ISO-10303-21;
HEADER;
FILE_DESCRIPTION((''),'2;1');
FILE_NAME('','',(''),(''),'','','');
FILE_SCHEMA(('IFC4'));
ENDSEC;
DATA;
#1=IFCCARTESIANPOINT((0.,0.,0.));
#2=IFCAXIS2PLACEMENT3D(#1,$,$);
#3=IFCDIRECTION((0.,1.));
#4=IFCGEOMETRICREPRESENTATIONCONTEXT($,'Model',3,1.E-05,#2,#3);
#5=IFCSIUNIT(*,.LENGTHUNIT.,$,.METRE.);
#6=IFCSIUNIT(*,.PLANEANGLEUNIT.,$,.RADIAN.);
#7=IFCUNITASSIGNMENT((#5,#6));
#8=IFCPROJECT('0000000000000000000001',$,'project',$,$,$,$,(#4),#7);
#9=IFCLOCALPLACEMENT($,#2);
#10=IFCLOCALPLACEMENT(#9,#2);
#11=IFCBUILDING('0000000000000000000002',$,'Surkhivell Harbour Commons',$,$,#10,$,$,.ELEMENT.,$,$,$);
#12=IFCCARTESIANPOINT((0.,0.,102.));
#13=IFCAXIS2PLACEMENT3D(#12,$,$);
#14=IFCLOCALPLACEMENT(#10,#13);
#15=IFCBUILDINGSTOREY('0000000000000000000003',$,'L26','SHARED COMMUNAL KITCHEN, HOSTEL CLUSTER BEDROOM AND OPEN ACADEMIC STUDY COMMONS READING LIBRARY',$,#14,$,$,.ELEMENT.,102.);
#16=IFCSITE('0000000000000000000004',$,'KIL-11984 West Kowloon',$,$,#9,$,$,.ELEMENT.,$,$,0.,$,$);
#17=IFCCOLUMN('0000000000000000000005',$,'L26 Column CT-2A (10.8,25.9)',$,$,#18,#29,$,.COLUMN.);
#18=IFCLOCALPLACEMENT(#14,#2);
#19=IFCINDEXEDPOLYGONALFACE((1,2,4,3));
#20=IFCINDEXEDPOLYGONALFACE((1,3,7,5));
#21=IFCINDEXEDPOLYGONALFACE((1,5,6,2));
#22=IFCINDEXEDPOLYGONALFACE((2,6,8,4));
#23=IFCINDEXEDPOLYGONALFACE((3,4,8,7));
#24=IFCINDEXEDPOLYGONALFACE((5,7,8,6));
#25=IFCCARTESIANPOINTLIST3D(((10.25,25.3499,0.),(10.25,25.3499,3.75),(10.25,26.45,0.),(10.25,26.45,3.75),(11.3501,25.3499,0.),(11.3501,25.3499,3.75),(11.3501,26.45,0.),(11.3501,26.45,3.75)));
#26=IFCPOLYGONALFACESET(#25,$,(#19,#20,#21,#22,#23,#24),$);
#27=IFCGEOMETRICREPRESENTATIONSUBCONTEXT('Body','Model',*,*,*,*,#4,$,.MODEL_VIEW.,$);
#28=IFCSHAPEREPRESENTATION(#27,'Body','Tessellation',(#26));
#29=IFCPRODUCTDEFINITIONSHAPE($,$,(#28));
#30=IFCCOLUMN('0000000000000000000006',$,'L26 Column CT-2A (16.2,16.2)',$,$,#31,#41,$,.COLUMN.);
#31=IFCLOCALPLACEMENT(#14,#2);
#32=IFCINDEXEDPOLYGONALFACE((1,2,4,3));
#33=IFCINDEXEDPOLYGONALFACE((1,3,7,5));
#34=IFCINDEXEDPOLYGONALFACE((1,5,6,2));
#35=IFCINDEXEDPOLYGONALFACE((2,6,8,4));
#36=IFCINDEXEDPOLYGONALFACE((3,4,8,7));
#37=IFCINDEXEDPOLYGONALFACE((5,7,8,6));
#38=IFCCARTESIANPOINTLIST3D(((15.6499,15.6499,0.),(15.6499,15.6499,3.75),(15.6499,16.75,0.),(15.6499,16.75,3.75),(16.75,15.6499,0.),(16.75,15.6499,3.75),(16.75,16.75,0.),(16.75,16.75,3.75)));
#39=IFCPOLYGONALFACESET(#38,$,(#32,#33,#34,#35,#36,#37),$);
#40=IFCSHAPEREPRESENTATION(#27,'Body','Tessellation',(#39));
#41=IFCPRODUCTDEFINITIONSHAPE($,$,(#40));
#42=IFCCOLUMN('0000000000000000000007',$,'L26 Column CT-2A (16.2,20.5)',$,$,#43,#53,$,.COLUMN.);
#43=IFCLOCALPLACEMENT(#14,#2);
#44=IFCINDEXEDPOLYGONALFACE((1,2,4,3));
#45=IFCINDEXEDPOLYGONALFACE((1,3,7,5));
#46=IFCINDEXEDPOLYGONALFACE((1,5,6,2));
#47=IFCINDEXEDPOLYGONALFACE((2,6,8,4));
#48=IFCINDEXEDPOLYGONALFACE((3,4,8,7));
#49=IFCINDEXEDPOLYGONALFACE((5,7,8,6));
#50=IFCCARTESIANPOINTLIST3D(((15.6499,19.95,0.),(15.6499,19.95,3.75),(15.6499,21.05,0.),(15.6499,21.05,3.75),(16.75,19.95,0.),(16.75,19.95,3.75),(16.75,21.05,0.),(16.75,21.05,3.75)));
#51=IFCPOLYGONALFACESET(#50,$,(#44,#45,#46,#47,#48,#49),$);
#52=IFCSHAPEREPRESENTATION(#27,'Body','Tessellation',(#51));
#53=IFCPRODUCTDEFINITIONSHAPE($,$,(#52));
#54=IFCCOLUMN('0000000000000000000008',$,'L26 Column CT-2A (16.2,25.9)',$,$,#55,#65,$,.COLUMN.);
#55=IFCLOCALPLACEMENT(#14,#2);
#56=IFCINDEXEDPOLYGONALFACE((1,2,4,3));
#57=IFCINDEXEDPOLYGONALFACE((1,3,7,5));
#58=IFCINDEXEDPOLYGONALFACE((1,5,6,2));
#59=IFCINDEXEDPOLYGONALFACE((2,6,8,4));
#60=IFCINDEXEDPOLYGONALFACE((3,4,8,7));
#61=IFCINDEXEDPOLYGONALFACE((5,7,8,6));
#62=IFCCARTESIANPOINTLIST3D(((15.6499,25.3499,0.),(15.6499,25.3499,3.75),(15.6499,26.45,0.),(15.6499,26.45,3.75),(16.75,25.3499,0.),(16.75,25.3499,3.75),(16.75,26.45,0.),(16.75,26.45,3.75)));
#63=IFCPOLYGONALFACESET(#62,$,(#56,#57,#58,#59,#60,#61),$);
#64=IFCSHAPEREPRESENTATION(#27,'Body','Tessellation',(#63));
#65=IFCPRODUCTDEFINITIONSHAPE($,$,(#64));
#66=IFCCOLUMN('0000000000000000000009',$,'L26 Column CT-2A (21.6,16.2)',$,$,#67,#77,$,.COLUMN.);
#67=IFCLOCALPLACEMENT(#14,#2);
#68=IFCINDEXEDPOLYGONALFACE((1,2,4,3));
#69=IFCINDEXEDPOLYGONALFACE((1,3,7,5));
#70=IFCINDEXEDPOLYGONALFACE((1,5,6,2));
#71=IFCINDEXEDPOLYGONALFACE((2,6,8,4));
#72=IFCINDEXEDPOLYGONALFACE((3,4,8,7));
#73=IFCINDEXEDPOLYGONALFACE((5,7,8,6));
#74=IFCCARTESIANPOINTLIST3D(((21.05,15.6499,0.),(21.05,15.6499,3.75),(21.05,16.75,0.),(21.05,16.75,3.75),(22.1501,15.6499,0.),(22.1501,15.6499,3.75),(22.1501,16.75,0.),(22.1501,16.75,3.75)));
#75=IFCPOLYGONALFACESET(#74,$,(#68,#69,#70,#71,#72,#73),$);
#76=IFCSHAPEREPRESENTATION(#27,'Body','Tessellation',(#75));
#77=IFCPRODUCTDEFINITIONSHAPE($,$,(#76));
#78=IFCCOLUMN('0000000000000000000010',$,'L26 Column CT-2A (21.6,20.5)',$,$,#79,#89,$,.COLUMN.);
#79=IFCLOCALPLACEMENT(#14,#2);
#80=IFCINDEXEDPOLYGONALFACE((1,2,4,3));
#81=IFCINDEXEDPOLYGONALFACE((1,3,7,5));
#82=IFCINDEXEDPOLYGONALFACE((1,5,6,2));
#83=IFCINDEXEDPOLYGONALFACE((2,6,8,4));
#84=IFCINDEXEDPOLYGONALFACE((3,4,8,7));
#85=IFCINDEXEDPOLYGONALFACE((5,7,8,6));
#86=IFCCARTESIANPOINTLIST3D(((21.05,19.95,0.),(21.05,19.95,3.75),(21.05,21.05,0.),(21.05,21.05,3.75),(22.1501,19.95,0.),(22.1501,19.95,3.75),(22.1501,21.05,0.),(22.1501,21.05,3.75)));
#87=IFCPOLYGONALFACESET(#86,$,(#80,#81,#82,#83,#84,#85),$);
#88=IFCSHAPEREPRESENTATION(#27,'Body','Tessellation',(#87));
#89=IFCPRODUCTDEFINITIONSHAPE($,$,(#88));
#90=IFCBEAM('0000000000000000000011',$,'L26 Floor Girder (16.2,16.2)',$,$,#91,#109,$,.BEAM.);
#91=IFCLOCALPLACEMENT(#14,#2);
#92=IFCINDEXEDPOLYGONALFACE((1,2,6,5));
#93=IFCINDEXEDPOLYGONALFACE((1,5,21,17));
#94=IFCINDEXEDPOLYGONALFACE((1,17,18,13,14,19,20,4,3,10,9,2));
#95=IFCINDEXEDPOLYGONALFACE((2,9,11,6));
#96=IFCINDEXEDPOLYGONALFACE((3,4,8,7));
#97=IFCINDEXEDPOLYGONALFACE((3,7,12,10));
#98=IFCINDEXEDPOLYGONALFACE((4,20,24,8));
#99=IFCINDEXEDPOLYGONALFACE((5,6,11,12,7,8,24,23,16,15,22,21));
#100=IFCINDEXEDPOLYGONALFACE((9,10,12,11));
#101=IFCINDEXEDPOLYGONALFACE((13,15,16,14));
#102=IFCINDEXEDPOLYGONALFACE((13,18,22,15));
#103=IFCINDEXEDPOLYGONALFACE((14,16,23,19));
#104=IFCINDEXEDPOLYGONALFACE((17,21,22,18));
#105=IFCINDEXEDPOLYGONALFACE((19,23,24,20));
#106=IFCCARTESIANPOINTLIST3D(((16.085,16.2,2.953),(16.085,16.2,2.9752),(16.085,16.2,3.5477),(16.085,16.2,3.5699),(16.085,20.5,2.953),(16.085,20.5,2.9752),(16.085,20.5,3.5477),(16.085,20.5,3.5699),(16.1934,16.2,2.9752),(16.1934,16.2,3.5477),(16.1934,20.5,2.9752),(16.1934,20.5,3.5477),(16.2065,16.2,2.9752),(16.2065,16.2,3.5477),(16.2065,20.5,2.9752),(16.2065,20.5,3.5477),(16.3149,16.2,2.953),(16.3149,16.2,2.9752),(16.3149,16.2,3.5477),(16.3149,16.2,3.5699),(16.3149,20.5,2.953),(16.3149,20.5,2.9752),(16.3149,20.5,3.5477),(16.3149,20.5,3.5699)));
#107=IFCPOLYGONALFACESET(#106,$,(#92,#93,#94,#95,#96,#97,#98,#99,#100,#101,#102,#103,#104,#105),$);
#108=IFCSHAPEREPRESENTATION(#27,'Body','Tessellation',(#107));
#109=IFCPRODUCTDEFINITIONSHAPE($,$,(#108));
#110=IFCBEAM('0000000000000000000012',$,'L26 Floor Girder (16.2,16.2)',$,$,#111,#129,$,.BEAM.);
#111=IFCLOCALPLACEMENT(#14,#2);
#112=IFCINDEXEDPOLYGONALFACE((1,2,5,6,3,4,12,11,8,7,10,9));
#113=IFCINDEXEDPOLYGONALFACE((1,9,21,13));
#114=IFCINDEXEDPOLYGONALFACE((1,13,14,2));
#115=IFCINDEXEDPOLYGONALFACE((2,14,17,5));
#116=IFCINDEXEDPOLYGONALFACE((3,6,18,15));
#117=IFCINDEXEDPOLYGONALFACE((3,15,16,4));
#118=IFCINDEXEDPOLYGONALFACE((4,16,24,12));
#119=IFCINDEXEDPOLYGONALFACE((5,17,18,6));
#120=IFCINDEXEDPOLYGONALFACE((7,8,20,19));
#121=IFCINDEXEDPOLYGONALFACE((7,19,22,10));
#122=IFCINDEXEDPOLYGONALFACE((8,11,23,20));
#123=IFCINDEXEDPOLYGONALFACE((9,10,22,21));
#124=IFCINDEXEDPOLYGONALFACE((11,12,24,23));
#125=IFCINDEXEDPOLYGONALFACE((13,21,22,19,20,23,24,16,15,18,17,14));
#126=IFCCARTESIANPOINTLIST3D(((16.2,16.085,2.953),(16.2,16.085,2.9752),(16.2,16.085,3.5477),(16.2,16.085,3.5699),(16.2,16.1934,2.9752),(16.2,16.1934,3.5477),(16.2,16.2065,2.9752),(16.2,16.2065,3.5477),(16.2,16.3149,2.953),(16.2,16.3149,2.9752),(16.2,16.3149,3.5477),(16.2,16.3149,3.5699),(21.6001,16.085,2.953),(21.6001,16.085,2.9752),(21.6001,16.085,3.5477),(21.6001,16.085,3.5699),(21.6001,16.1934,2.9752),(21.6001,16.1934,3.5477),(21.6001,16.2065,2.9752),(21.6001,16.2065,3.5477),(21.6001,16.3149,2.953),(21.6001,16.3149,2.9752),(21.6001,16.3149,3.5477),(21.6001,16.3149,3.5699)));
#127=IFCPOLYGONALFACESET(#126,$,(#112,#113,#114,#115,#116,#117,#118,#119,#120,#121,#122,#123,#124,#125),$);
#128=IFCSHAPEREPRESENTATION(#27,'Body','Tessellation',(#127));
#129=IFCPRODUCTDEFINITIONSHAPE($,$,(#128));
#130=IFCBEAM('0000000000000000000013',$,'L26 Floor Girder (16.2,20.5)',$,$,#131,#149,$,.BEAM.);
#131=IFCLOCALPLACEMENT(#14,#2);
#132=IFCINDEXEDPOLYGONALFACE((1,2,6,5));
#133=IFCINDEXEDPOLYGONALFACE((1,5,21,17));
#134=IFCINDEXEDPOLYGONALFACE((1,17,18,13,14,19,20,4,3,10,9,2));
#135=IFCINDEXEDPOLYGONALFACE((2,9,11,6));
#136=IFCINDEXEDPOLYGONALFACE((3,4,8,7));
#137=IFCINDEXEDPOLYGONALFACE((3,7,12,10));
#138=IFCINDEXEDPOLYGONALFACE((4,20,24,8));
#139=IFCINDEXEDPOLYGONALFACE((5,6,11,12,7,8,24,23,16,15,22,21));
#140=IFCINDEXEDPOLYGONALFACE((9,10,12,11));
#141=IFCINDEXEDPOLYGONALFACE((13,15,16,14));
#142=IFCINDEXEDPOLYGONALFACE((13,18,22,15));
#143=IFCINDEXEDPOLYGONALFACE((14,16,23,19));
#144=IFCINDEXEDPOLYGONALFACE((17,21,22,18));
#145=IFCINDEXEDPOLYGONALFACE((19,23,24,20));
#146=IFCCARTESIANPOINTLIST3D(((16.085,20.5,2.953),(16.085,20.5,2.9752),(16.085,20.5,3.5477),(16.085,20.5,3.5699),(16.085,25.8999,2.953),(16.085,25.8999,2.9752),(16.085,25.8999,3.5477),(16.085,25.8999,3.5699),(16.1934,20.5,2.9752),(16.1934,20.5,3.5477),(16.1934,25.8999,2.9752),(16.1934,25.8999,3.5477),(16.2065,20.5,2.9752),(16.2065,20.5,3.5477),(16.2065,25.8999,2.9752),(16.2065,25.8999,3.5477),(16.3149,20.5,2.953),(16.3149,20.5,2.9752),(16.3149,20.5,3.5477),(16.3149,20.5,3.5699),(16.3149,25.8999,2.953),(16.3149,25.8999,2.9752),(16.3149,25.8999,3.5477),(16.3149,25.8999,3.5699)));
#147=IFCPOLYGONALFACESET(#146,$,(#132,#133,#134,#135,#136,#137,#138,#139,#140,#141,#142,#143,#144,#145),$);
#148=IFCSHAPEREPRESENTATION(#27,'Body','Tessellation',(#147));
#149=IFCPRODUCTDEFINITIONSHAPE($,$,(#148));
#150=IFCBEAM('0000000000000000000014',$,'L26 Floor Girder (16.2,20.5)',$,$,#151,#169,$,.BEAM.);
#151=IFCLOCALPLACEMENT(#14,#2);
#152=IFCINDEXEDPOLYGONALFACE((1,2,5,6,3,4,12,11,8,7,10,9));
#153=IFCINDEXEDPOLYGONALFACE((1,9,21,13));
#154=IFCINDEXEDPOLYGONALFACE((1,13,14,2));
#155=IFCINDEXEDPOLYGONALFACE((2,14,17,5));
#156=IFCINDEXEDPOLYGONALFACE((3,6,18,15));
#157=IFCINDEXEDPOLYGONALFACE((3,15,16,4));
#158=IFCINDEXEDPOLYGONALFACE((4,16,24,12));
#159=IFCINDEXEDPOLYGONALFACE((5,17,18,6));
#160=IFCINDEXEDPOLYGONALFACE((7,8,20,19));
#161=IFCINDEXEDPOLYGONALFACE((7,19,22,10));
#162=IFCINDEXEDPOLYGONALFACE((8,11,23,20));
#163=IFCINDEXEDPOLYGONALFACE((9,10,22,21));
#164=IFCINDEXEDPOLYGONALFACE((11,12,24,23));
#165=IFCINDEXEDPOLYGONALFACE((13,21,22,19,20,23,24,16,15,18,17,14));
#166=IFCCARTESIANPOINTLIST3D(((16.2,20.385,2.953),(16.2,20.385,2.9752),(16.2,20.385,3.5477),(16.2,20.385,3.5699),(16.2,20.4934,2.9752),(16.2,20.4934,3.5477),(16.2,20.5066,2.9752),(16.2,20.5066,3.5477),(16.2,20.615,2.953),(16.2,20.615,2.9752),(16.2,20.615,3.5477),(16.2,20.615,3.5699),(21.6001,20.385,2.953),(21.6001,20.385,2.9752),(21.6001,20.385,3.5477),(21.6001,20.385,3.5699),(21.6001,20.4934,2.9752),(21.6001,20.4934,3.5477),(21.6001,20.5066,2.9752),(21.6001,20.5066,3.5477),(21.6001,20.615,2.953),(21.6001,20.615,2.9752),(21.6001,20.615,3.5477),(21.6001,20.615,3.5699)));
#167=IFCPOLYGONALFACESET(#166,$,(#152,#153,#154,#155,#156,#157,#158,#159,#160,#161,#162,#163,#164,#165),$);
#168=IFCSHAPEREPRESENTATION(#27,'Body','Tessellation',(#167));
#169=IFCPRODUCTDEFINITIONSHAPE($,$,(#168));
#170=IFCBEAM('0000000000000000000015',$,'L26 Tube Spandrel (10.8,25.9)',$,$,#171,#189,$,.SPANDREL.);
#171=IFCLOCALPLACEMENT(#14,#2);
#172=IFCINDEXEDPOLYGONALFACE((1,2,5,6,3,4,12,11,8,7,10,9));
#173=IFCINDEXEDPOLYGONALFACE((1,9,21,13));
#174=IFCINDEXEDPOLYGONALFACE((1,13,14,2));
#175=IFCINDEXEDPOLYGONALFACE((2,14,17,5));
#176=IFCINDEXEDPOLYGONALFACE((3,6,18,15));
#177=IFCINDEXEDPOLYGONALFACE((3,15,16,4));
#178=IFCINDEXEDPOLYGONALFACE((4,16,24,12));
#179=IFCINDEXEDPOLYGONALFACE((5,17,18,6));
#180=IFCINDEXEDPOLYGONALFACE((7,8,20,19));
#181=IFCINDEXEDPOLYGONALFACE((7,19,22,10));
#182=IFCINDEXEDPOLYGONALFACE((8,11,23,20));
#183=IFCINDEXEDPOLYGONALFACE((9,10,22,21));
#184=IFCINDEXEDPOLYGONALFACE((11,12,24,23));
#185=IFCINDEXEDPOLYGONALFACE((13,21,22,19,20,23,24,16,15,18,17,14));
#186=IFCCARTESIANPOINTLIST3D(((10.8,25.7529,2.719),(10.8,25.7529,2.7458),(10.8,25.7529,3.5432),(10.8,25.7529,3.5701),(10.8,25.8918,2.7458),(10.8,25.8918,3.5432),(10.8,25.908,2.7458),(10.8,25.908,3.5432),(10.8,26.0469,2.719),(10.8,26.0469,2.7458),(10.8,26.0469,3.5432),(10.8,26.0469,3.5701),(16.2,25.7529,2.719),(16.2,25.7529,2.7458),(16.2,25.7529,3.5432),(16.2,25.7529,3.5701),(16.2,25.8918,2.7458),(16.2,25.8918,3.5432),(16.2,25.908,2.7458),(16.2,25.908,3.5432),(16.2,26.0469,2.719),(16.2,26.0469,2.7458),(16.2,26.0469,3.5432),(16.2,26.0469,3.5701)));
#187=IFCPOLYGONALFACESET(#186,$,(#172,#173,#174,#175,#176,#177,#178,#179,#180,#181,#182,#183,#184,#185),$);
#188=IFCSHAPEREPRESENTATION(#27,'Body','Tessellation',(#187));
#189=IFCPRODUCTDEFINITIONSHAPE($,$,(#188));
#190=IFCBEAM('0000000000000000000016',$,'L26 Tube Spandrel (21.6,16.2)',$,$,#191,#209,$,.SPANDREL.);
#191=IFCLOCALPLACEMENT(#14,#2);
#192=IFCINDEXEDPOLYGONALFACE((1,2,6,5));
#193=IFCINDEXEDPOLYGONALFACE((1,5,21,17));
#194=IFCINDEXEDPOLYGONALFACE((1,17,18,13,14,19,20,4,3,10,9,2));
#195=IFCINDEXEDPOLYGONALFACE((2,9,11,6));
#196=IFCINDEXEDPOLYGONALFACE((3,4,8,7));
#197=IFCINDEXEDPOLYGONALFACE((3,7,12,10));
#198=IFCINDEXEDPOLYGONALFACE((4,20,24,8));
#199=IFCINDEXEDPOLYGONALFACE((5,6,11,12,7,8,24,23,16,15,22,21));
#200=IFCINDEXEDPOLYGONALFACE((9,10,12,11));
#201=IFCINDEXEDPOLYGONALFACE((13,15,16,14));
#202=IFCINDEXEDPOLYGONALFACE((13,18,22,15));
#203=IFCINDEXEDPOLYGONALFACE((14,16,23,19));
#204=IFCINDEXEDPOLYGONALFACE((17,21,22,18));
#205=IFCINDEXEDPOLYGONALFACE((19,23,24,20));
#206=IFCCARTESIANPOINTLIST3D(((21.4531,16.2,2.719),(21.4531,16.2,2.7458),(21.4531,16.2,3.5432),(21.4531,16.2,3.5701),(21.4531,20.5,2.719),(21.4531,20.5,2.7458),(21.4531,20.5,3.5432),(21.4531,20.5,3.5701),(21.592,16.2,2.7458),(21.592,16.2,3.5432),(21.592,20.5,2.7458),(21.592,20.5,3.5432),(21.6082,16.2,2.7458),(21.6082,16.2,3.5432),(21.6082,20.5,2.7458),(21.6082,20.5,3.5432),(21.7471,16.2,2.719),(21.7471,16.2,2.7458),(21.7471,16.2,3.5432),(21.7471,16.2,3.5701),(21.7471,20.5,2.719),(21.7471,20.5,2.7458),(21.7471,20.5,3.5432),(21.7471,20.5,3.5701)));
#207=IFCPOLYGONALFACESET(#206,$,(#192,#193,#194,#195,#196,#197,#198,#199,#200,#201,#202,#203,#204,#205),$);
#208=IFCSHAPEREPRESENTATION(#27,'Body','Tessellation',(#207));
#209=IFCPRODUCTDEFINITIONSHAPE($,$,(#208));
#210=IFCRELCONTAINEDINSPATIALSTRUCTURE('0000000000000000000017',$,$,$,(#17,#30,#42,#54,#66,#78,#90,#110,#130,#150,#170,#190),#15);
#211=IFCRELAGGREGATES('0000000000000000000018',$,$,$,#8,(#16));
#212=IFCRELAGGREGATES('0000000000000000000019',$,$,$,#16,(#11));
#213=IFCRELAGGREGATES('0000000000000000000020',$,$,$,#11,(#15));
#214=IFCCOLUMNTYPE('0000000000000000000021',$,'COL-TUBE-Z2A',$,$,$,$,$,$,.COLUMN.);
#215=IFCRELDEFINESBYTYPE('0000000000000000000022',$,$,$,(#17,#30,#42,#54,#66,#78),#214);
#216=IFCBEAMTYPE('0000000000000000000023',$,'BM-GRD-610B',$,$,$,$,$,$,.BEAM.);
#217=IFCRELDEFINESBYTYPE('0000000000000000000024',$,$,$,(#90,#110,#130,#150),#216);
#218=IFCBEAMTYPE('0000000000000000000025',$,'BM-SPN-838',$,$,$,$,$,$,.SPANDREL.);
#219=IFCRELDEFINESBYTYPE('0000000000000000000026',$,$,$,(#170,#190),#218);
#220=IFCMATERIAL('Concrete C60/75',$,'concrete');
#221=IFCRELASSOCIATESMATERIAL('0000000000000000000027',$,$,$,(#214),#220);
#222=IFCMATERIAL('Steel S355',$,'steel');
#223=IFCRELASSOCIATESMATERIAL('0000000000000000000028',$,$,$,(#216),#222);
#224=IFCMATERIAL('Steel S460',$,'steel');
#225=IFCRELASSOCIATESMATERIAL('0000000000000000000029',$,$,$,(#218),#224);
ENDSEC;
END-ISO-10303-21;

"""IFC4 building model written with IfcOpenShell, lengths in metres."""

from ifc_helpers import new_model, si_unit, direction, frame, origin, origin_2d, place, context, subcontext, project, spatial, rectangle, i_section, extrude, material, material_profile, profile_set, type_object, element, save


model = new_model("IFC4")

# Units and contexts
model_context = context("Model", 3, precision=1e-05, world=origin(), true_north=direction((0.0, 1.0)))
body_context = subcontext(model_context, "Body", "Model", "MODEL_VIEW")
ifc_project = project(units=[si_unit("LENGTHUNIT", "METRE"), si_unit("PLANEANGLEUNIT", "RADIAN")], contexts=[model_context])

# Site, building, storey
site_placement = place(None, origin())
site = spatial("IfcSite", under=ifc_project, at=site_placement, Name="KIL-11984 West Kowloon", CompositionType="ELEMENT", RefElevation=0.0)
building_placement = place(site_placement, origin())
building = spatial("IfcBuilding", under=site, at=building_placement, Name="Surkhivell Harbour Commons", CompositionType="ELEMENT")
storey_placement = place(building_placement, frame((0.0, 0.0, 102.0)))
storey = spatial("IfcBuildingStorey", under=building, at=storey_placement, Name="L26", Description="SHARED COMMUNAL KITCHEN, HOSTEL CLUSTER BEDROOM AND OPEN ACADEMIC STUDY COMMONS READING LIBRARY", CompositionType="ELEMENT", Elevation=102.0)

# Columns
ifc_material_1 = material(Name="Concrete C60/75", Category="concrete")
ifc_material_profile_1 = material_profile(ifc_material_1, rectangle(XDim=1.1001, YDim=1.1001, at=origin_2d()), Name="RC-COL-1100x1100")
ifc_profile_set_1 = profile_set([ifc_material_profile_1], Name="Concrete C60/75")
column_type = type_object("IfcColumnType", Name="COL-TUBE-Z2A", PredefinedType="COLUMN", material=ifc_profile_set_1)
for number, where, z_axis, x_axis, name in (
    (1, (10.8, 25.8999, 0.0), (0.0, 0.0, 1.0), (1.0, 0.0, 0.0), "L26 Column CT-2A (10.8,25.9)"),
    (2, (16.2, 16.2, 0.0), (0.0, 0.0, 1.0), (1.0, 0.0, 0.0), "L26 Column CT-2A (16.2,16.2)"),
    (3, (16.2, 20.5, 0.0), (0.0, 0.0, 1.0), (1.0, 0.0, 0.0), "L26 Column CT-2A (16.2,20.5)"),
    (4, (16.2, 25.8999, 0.0), (0.0, 0.0, 1.0), (1.0, 0.0, 0.0), "L26 Column CT-2A (16.2,25.9)"),
    (5, (21.6001, 16.2, 0.0), (0.0, 0.0, 1.0), (1.0, 0.0, 0.0), "L26 Column CT-2A (21.6,16.2)"),
    (6, (21.6001, 20.5, 0.0), (0.0, 0.0, 1.0), (1.0, 0.0, 0.0), "L26 Column CT-2A (21.6,20.5)"),
):
    element("IfcColumn", number, at=place(storey_placement, frame(where, z_axis=z_axis, x_axis=x_axis)), inside=storey, type_object=column_type, Name=name, PredefinedType="COLUMN", context=body_context, shape_type="SweptSolid", body=[
        extrude(rectangle(XDim=1.1001, YDim=1.1001, at=origin_2d()), origin(), (0.0, 0.0, 1.0), 3.75),
    ])

# Beams
ifc_material_2 = material(Name="Steel S355", Category="steel")
ifc_material_profile_2 = material_profile(ifc_material_2, i_section(OverallWidth=0.23, OverallDepth=0.6169, WebThickness=0.0132, FlangeThickness=0.0222, at=origin_2d()), Name="UB610x229x140")
ifc_profile_set_2 = profile_set([ifc_material_profile_2], Name="Steel S355")
beam_type_1 = type_object("IfcBeamType", Name="BM-GRD-610B", PredefinedType="BEAM", material=ifc_profile_set_2)
beam_1_placement = place(storey_placement, frame((16.2, 16.2, 3.2615), z_axis=(0.0, 1.0, 0.0), x_axis=(-1.0, 0.0, 0.0)))
element("IfcBeam", 7, at=beam_1_placement, inside=storey, type_object=beam_type_1, Name="L26 Floor Girder (16.2,16.2)", PredefinedType="BEAM", context=body_context, shape_type="SweptSolid", body=[
    extrude(i_section(OverallWidth=0.23, OverallDepth=0.6169, WebThickness=0.0132, FlangeThickness=0.0222, at=origin_2d()), origin(), (0.0, 0.0, 1.0), 4.3),
])
beam_2_placement = place(storey_placement, frame((16.2, 16.2, 3.2615), z_axis=(1.0, 0.0, 0.0), x_axis=(0.0, 1.0, 0.0)))
element("IfcBeam", 8, at=beam_2_placement, inside=storey, type_object=beam_type_1, Name="L26 Floor Girder (16.2,16.2)", PredefinedType="BEAM", context=body_context, shape_type="SweptSolid", body=[
    extrude(i_section(OverallWidth=0.23, OverallDepth=0.6169, WebThickness=0.0132, FlangeThickness=0.0222, at=origin_2d()), origin(), (0.0, 0.0, 1.0), 5.4001),
])
beam_3_placement = place(storey_placement, frame((16.2, 20.5, 3.2615), z_axis=(0.0, 1.0, 0.0), x_axis=(-1.0, 0.0, 0.0)))
element("IfcBeam", 9, at=beam_3_placement, inside=storey, type_object=beam_type_1, Name="L26 Floor Girder (16.2,20.5)", PredefinedType="BEAM", context=body_context, shape_type="SweptSolid", body=[
    extrude(i_section(OverallWidth=0.23, OverallDepth=0.6169, WebThickness=0.0132, FlangeThickness=0.0222, at=origin_2d()), origin(), (0.0, 0.0, 1.0), 5.3999),
])
beam_4_placement = place(storey_placement, frame((16.2, 20.5, 3.2615), z_axis=(1.0, 0.0, 0.0), x_axis=(0.0, 1.0, 0.0)))
element("IfcBeam", 10, at=beam_4_placement, inside=storey, type_object=beam_type_1, Name="L26 Floor Girder (16.2,20.5)", PredefinedType="BEAM", context=body_context, shape_type="SweptSolid", body=[
    extrude(i_section(OverallWidth=0.23, OverallDepth=0.6169, WebThickness=0.0132, FlangeThickness=0.0222, at=origin_2d()), origin(), (0.0, 0.0, 1.0), 5.4001),
])
ifc_material_3 = material(Name="Steel S460", Category="steel")
ifc_material_profile_3 = material_profile(ifc_material_3, i_section(OverallWidth=0.2939, OverallDepth=0.8511, WebThickness=0.0161, FlangeThickness=0.0269, at=origin_2d()), Name="UB838x292x226")
ifc_profile_set_3 = profile_set([ifc_material_profile_3], Name="Steel S460")
beam_type_2 = type_object("IfcBeamType", Name="BM-SPN-838", PredefinedType="SPANDREL", material=ifc_profile_set_3)
beam_5_placement = place(storey_placement, frame((10.8, 25.8999, 3.1445), z_axis=(1.0, 0.0, 0.0), x_axis=(0.0, 1.0, 0.0)))
element("IfcBeam", 11, at=beam_5_placement, inside=storey, type_object=beam_type_2, Name="L26 Tube Spandrel (10.8,25.9)", PredefinedType="SPANDREL", context=body_context, shape_type="SweptSolid", body=[
    extrude(i_section(OverallWidth=0.2939, OverallDepth=0.8511, WebThickness=0.0161, FlangeThickness=0.0269, at=origin_2d()), origin(), (0.0, 0.0, 1.0), 5.3999),
])
beam_6_placement = place(storey_placement, frame((21.6001, 16.2, 3.1445), z_axis=(0.0, 1.0, 0.0), x_axis=(-1.0, 0.0, 0.0)))
element("IfcBeam", 12, at=beam_6_placement, inside=storey, type_object=beam_type_2, Name="L26 Tube Spandrel (21.6,16.2)", PredefinedType="SPANDREL", context=body_context, shape_type="SweptSolid", body=[
    extrude(i_section(OverallWidth=0.2939, OverallDepth=0.8511, WebThickness=0.0161, FlangeThickness=0.0269, at=origin_2d()), origin(), (0.0, 0.0, 1.0), 4.3),
])

save(model, "model.ifc")
